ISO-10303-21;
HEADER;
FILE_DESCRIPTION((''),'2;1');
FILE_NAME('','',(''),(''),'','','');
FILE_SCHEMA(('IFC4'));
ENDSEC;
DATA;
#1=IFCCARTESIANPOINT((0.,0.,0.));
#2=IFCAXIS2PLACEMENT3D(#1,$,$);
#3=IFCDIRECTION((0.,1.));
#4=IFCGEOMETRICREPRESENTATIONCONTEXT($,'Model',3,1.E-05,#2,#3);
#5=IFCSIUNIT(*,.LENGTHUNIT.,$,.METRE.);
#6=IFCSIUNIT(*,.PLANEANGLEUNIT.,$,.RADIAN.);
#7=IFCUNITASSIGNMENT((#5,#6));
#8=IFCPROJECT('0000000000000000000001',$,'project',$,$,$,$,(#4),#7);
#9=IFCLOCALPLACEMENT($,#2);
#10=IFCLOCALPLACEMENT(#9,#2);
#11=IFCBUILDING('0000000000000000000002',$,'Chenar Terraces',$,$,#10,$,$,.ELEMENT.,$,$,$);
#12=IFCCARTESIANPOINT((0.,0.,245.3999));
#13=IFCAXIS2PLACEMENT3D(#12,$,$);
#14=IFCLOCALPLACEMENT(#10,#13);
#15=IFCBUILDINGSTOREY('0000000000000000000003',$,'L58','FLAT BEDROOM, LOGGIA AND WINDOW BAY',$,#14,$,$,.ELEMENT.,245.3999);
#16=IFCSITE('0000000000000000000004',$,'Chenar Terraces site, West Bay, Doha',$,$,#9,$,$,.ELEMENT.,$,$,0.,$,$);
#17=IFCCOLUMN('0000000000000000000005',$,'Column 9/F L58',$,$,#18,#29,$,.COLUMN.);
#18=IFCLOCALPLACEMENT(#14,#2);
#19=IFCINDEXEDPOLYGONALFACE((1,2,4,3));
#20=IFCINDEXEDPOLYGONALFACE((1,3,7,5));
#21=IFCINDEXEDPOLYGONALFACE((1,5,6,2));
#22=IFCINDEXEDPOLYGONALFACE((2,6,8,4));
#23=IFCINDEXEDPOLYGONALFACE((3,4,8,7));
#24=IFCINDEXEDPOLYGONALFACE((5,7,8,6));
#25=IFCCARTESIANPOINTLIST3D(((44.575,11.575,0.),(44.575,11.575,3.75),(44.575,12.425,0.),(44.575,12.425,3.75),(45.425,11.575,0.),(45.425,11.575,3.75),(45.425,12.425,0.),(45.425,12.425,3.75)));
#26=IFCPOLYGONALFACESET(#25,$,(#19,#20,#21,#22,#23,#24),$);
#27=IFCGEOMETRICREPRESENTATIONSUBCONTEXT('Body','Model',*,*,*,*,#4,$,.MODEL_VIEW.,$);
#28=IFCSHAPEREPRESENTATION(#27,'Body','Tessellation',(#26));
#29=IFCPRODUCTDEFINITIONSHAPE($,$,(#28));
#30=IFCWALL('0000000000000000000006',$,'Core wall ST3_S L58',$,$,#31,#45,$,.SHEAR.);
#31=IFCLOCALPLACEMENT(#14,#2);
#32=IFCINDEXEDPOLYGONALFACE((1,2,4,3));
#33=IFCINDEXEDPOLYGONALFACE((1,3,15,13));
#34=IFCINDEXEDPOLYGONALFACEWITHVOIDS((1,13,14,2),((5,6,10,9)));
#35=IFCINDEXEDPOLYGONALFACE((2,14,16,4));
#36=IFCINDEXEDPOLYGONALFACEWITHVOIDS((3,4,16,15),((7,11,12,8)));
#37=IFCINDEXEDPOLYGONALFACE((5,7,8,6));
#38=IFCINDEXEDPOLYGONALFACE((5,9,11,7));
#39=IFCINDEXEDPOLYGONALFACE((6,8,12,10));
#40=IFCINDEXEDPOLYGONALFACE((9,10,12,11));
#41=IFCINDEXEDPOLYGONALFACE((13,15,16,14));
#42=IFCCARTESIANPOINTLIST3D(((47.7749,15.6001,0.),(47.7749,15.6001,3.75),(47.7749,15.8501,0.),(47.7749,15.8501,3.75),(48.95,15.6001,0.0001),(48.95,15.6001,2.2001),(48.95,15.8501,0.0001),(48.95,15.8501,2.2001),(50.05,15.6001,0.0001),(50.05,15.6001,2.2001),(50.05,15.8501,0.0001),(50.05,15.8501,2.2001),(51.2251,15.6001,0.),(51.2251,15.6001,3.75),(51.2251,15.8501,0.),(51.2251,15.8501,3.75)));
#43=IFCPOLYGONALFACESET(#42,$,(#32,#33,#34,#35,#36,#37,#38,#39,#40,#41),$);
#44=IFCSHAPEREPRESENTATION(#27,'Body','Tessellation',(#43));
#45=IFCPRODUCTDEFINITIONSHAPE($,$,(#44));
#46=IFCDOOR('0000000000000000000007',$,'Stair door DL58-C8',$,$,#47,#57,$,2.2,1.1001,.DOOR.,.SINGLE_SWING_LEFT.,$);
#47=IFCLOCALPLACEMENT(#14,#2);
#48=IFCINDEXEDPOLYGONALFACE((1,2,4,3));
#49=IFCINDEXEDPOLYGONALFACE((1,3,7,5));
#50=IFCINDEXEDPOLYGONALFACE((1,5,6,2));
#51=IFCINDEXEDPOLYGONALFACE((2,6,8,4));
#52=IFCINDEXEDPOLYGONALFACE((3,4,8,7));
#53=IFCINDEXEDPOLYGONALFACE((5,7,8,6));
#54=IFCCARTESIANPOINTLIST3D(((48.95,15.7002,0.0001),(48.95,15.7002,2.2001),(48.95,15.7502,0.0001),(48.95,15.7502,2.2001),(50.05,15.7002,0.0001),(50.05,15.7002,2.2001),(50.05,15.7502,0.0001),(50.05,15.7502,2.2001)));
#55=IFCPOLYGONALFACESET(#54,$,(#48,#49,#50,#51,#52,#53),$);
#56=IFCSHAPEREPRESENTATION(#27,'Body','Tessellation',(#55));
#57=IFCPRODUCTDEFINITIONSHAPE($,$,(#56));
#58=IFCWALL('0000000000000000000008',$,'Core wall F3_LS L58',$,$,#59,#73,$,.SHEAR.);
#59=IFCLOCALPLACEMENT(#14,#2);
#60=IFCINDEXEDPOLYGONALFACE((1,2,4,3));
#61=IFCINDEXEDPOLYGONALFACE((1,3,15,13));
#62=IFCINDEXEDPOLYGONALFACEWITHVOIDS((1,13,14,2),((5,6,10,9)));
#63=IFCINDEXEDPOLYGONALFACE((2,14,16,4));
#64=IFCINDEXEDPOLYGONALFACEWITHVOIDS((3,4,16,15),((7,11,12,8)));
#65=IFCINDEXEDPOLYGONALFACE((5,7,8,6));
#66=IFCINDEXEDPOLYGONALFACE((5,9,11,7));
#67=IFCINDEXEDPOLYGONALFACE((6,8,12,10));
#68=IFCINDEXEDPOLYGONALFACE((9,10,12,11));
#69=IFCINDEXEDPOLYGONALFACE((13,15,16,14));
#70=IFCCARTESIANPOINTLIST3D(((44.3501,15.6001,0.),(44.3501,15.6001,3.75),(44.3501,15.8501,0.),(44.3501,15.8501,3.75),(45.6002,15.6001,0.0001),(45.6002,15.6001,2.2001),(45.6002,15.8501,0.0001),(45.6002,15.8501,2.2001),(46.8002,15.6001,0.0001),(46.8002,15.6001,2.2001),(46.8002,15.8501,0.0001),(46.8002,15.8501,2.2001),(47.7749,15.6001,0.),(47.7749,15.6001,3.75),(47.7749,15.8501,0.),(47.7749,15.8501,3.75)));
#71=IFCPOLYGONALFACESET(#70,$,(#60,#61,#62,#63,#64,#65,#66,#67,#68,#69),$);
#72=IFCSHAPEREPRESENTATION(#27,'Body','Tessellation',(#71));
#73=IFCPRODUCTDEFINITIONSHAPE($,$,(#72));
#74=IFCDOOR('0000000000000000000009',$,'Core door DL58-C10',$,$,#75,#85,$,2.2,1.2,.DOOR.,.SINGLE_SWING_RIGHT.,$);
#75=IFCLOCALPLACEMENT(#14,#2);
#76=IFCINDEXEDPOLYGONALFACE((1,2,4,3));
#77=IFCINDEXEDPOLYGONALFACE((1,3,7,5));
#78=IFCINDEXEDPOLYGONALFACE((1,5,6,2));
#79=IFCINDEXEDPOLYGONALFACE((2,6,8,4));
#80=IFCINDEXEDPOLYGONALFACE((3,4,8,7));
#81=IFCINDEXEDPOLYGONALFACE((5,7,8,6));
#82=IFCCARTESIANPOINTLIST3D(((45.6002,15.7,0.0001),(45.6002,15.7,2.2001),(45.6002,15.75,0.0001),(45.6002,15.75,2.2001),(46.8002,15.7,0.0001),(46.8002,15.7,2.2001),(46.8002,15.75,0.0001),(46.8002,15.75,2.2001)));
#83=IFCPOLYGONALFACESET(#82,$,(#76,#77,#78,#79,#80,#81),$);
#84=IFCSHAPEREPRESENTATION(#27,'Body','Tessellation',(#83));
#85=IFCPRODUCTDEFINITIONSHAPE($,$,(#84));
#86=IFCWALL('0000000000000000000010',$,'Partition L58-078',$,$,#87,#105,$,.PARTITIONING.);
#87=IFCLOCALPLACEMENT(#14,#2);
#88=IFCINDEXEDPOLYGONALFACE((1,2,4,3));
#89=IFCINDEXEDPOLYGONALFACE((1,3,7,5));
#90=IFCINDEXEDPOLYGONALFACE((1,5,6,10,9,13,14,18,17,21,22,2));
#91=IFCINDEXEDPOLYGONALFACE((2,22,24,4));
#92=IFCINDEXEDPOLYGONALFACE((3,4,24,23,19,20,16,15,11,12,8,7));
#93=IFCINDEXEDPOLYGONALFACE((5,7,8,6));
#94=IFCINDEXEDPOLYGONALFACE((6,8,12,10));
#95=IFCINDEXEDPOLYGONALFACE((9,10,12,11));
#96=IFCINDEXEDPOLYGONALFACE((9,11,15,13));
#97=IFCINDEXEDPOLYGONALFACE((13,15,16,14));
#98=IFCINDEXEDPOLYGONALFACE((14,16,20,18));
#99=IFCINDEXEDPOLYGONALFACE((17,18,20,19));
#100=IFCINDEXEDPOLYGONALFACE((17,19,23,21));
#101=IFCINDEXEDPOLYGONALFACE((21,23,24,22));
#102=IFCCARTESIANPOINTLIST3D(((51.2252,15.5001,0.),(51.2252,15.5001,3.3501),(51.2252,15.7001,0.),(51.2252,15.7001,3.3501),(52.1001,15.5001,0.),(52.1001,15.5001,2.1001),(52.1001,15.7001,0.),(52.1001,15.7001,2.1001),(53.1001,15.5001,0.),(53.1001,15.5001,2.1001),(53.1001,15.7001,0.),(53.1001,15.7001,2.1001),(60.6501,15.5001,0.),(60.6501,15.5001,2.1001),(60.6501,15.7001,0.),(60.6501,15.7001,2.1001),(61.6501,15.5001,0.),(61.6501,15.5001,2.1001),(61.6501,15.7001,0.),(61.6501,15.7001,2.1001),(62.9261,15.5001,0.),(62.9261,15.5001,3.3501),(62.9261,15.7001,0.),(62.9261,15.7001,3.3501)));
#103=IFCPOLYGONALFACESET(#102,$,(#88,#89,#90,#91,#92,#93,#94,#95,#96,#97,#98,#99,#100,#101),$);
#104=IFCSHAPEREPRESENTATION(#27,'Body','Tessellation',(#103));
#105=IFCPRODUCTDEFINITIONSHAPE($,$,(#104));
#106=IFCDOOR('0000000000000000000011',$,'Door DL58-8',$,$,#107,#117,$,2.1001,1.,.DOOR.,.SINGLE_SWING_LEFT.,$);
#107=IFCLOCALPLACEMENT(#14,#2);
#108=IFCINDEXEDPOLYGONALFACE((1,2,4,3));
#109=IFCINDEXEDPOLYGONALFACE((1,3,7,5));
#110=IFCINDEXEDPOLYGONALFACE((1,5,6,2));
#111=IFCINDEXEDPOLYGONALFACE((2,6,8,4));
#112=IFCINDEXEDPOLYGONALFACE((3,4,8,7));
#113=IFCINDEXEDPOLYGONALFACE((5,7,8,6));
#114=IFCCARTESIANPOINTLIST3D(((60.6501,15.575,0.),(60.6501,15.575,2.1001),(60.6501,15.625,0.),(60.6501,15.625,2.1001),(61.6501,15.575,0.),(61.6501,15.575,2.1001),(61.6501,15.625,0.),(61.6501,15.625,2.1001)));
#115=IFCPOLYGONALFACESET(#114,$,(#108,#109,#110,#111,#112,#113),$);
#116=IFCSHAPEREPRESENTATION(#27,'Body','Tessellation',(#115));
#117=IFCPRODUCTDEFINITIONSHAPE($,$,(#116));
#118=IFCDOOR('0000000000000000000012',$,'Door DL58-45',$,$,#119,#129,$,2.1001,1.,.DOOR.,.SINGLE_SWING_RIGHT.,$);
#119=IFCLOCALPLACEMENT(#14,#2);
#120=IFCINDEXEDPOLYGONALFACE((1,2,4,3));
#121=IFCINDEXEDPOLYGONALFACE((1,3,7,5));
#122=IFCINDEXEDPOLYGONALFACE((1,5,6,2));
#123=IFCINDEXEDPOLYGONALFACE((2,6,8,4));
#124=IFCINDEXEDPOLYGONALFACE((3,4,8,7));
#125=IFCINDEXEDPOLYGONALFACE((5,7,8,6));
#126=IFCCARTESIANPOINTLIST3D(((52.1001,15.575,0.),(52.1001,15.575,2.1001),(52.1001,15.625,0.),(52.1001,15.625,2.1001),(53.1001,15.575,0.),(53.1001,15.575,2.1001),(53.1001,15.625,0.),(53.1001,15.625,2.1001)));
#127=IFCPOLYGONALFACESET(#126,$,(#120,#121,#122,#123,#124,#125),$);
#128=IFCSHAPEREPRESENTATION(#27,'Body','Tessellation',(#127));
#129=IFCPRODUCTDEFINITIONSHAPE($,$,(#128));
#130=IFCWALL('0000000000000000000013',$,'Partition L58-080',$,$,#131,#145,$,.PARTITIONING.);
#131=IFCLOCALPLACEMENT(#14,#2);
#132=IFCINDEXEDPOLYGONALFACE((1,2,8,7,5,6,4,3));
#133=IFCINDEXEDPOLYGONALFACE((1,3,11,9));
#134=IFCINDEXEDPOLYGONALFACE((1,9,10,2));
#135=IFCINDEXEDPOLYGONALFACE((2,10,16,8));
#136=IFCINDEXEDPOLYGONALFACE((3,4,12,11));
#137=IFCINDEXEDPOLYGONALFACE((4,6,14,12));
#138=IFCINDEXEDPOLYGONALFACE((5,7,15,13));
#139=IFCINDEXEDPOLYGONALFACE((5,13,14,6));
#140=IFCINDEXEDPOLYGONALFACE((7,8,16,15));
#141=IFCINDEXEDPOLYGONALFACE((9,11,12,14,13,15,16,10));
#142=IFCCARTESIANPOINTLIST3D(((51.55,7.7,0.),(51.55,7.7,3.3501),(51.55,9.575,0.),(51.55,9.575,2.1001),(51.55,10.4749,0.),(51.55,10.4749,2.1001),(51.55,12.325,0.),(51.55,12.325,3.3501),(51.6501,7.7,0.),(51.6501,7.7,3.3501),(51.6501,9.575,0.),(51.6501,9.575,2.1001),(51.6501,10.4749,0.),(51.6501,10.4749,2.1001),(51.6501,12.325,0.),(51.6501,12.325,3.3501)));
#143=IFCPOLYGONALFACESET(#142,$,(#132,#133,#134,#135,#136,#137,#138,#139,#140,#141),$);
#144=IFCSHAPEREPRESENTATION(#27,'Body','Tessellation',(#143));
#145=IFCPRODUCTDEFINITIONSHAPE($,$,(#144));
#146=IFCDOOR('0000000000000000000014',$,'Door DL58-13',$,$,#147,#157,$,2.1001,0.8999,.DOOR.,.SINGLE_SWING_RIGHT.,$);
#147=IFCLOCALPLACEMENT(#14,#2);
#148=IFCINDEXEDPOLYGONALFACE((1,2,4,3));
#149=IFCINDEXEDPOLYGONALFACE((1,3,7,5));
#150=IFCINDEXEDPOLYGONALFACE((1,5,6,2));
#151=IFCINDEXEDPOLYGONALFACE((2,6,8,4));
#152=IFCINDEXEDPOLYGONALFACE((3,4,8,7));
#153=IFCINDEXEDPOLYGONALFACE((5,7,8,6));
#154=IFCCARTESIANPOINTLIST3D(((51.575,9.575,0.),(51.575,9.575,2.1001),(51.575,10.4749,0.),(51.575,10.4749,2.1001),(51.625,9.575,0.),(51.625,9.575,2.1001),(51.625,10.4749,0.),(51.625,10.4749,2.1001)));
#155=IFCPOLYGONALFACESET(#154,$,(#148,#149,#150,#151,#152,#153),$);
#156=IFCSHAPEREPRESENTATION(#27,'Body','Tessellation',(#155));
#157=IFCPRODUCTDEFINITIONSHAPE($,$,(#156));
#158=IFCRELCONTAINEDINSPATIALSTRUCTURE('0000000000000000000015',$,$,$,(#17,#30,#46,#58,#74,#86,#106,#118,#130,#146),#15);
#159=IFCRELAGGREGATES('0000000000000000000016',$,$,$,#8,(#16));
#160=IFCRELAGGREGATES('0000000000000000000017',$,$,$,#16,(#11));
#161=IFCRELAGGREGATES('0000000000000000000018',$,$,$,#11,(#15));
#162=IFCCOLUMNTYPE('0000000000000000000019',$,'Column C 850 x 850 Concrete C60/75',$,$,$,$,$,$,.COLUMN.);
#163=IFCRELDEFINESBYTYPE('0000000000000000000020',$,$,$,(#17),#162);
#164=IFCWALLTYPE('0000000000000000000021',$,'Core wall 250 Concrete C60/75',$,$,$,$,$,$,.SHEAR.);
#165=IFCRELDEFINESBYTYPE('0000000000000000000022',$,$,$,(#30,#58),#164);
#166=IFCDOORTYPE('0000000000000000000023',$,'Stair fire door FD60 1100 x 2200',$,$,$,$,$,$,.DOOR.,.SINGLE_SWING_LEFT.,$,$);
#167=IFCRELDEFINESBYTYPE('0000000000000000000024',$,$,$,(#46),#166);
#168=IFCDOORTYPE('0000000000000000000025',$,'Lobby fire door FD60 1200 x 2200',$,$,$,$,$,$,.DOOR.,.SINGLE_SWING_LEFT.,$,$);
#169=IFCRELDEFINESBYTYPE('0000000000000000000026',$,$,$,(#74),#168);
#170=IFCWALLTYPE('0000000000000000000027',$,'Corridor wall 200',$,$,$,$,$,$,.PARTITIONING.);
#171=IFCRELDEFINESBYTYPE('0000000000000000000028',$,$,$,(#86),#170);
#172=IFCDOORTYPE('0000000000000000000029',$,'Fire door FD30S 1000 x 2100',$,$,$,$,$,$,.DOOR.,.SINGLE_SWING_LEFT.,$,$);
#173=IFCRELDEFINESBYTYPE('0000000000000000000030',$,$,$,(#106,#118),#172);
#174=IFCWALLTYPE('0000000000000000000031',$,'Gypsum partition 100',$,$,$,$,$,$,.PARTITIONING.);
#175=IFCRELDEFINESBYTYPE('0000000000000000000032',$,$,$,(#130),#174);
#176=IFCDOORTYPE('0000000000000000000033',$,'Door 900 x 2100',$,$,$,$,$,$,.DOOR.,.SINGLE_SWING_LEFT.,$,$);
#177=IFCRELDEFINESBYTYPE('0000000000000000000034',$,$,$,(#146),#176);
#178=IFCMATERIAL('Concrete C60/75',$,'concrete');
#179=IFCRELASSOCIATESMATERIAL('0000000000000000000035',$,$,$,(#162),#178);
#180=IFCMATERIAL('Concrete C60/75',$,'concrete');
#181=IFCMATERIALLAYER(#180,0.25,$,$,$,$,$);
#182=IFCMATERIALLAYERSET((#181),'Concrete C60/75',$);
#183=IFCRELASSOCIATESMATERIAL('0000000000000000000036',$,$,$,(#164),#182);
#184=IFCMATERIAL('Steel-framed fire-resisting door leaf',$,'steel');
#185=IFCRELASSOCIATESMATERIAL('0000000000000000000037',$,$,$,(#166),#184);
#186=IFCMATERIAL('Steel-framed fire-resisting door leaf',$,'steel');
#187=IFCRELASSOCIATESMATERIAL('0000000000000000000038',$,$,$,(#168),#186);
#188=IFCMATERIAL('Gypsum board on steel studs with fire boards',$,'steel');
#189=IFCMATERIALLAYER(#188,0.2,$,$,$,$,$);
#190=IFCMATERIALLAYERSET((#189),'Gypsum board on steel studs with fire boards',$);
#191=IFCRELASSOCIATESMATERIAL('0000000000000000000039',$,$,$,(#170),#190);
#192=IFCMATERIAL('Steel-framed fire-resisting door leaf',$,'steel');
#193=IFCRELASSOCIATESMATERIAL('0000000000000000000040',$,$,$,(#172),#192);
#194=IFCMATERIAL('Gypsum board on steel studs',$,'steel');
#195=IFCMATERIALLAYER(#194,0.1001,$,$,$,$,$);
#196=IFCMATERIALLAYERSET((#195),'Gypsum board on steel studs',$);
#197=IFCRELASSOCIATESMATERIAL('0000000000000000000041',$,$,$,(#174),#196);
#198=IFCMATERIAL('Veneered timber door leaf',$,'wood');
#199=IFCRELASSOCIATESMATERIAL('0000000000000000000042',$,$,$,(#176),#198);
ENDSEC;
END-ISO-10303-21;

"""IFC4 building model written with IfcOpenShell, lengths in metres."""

from ifc_helpers import new_model, si_unit, direction, frame, frame_2d, origin, origin_2d, place, context, subcontext, project, spatial, rectangle, extrude, material, layer, layer_set, material_profile, profile_set, type_object, element, fill, save


model = new_model("IFC4")

# Units and contexts
model_context = context("Model", 3, precision=1e-05, world=origin(), true_north=direction((0.0, 1.0)))
body_context = subcontext(model_context, "Body", "Model", "MODEL_VIEW")
ifc_project = project(units=[si_unit("LENGTHUNIT", "METRE"), si_unit("PLANEANGLEUNIT", "RADIAN")], contexts=[model_context])

# Site, building, storey
site_placement = place(None, origin())
site = spatial("IfcSite", under=ifc_project, at=site_placement, Name="Chenar Terraces site, West Bay, Doha", CompositionType="ELEMENT", RefElevation=0.0)
building_placement = place(site_placement, origin())
building = spatial("IfcBuilding", under=site, at=building_placement, Name="Chenar Terraces", CompositionType="ELEMENT")
storey_placement = place(building_placement, frame((0.0, 0.0, 245.3999)))
storey = spatial("IfcBuildingStorey", under=building, at=storey_placement, Name="L58", Description="FLAT BEDROOM, LOGGIA AND WINDOW BAY", CompositionType="ELEMENT", Elevation=245.3999)

# Column
ifc_material_1 = material(Name="Concrete C60/75", Category="concrete")
ifc_material_profile = material_profile(ifc_material_1, rectangle(XDim=0.8501, YDim=0.8501, at=origin_2d()), Name="C 850 x 850")
ifc_profile_set = profile_set([ifc_material_profile], Name="Concrete C60/75")
column_type = type_object("IfcColumnType", Name="Column C 850 x 850 Concrete C60/75", PredefinedType="COLUMN", material=ifc_profile_set)
column_placement = place(storey_placement, frame((45.0, 12.0, 0.0), z_axis=(0.0, 0.0, 1.0), x_axis=(1.0, 0.0, 0.0)))
element("IfcColumn", 1, at=column_placement, inside=storey, type_object=column_type, Name="Column 9/F L58", PredefinedType="COLUMN", context=body_context, shape_type="SweptSolid", body=[
    extrude(rectangle(XDim=0.8501, YDim=0.8501, at=origin_2d()), origin(), (0.0, 0.0, 1.0), 3.75),
])

# Walls, openings, doors
ifc_material_2 = material(Name="Concrete C60/75", Category="concrete")
ifc_layer_1 = layer(ifc_material_2, 0.25)
ifc_layer_set_1 = layer_set([ifc_layer_1], Name="Concrete C60/75")
wall_type_1 = type_object("IfcWallType", Name="Core wall 250 Concrete C60/75", PredefinedType="SHEAR", material=ifc_layer_set_1)
wall_1_placement = place(storey_placement, frame((47.7749, 15.7251, 0.0), z_axis=(0.0, 0.0, 1.0), x_axis=(1.0, 0.0, 0.0)))
wall_1 = element("IfcWall", 2, at=wall_1_placement, inside=storey, type_object=wall_type_1, Name="Core wall ST3_S L58", PredefinedType="SHEAR", context=body_context, shape_type="SweptSolid", body=[
    extrude(rectangle(XDim=3.4502, YDim=0.25, at=frame_2d((1.7251, 0.0))), origin(), (0.0, 0.0, 1.0), 3.75),
])
opening_1_placement = place(wall_1_placement, frame((1.175, 0.0, 0.0)))
opening_1 = element("IfcOpeningElement", 3, at=opening_1_placement, cuts=wall_1, PredefinedType="OPENING", context=body_context, shape_type="SweptSolid", body=[
    extrude(rectangle(XDim=1.1001, YDim=2.2, at=frame_2d((0.55, 1.1001))), frame((0.0, 0.135, 0.0), z_axis=(0.0, -1.0, 0.0), x_axis=(1.0, 0.0, 0.0)), (0.0, 0.0, 1.0), 0.27),
])
ifc_material_3 = material(Name="Steel-framed fire-resisting door leaf", Category="steel")
door_type_1 = type_object("IfcDoorType", Name="Stair fire door FD60 1100 x 2200", OperationType="SINGLE_SWING_LEFT", PredefinedType="DOOR", material=ifc_material_3)
door_1_placement = place(opening_1_placement, frame((1.1001, 0.0, 0.0), z_axis=(0.0, 0.0, 1.0), x_axis=(-1.0, 0.0, 0.0)))
door_1 = element("IfcDoor", 4, at=door_1_placement, inside=storey, type_object=door_type_1, Name="Stair door DL58-C8", OperationType="SINGLE_SWING_LEFT", OverallHeight=2.2, OverallWidth=1.1001, PredefinedType="DOOR", context=body_context, shape_type="SweptSolid", body=[
    extrude(rectangle(XDim=1.1001, YDim=2.2, at=frame_2d((0.55, 1.1001))), frame((0.0, 0.0249, 0.0), z_axis=(0.0, -1.0, 0.0), x_axis=(1.0, 0.0, 0.0)), (0.0, 0.0, 1.0), 0.05),
])
fill(opening_1, door_1)
wall_2_placement = place(storey_placement, frame((44.3501, 15.7251, 0.0), z_axis=(0.0, 0.0, 1.0), x_axis=(1.0, 0.0, 0.0)))
wall_2 = element("IfcWall", 5, at=wall_2_placement, inside=storey, type_object=wall_type_1, Name="Core wall F3_LS L58", PredefinedType="SHEAR", context=body_context, shape_type="SweptSolid", body=[
    extrude(rectangle(XDim=3.4248, YDim=0.25, at=frame_2d((1.7124, 0.0))), origin(), (0.0, 0.0, 1.0), 3.75),
])
opening_2_placement = place(wall_2_placement, frame((1.25, 0.0, 0.0)))
opening_2 = element("IfcOpeningElement", 6, at=opening_2_placement, cuts=wall_2, PredefinedType="OPENING", context=body_context, shape_type="SweptSolid", body=[
    extrude(rectangle(XDim=1.2, YDim=2.2, at=frame_2d((0.6001, 1.1001))), frame((0.0, 0.135, 0.0), z_axis=(0.0, -1.0, 0.0), x_axis=(1.0, 0.0, 0.0)), (0.0, 0.0, 1.0), 0.27),
])
ifc_material_4 = material(Name="Steel-framed fire-resisting door leaf", Category="steel")
door_type_2 = type_object("IfcDoorType", Name="Lobby fire door FD60 1200 x 2200", OperationType="SINGLE_SWING_LEFT", PredefinedType="DOOR", material=ifc_material_4)
door_2_placement = place(opening_2_placement, origin())
door_2 = element("IfcDoor", 7, at=door_2_placement, inside=storey, type_object=door_type_2, Name="Core door DL58-C10", OperationType="SINGLE_SWING_RIGHT", OverallHeight=2.2, OverallWidth=1.2, PredefinedType="DOOR", context=body_context, shape_type="SweptSolid", body=[
    extrude(rectangle(XDim=1.2, YDim=2.2, at=frame_2d((0.6001, 1.1001))), frame((0.0, 0.0249, 0.0), z_axis=(0.0, -1.0, 0.0), x_axis=(1.0, 0.0, 0.0)), (0.0, 0.0, 1.0), 0.05),
])
fill(opening_2, door_2)

# Wall, openings, doors
ifc_material_5 = material(Name="Gypsum board on steel studs with fire boards", Category="steel")
ifc_layer_2 = layer(ifc_material_5, 0.2)
ifc_layer_set_2 = layer_set([ifc_layer_2], Name="Gypsum board on steel studs with fire boards")
wall_type_2 = type_object("IfcWallType", Name="Corridor wall 200", PredefinedType="PARTITIONING", material=ifc_layer_set_2)
wall_3_placement = place(storey_placement, frame((51.2251, 15.6001, 0.0), z_axis=(0.0, 0.0, 1.0), x_axis=(1.0, 0.0, 0.0)))
wall_3 = element("IfcWall", 8, at=wall_3_placement, inside=storey, type_object=wall_type_2, Name="Partition L58-078", PredefinedType="PARTITIONING", context=body_context, shape_type="SweptSolid", body=[
    extrude(rectangle(XDim=11.7009, YDim=0.2, at=frame_2d((5.8506, 0.0))), origin(), (0.0, 0.0, 1.0), 3.3501),
])
opening_3_placement = place(wall_3_placement, frame((9.425, 0.0, 0.0)))
opening_3 = element("IfcOpeningElement", 9, at=opening_3_placement, cuts=wall_3, PredefinedType="OPENING", context=body_context, shape_type="SweptSolid", body=[
    extrude(rectangle(XDim=1.0, YDim=2.1001, at=frame_2d((0.5, 1.05))), frame((0.0, 0.1099, 0.0), z_axis=(0.0, -1.0, 0.0), x_axis=(1.0, 0.0, 0.0)), (0.0, 0.0, 1.0), 0.22),
])
opening_4_placement = place(wall_3_placement, frame((0.875, 0.0, 0.0)))
opening_4 = element("IfcOpeningElement", 10, at=opening_4_placement, cuts=wall_3, PredefinedType="OPENING", context=body_context, shape_type="SweptSolid", body=[
    extrude(rectangle(XDim=1.0, YDim=2.1001, at=frame_2d((0.5, 1.05))), frame((0.0, 0.1099, 0.0), z_axis=(0.0, -1.0, 0.0), x_axis=(1.0, 0.0, 0.0)), (0.0, 0.0, 1.0), 0.22),
])
ifc_material_6 = material(Name="Steel-framed fire-resisting door leaf", Category="steel")
door_type_3 = type_object("IfcDoorType", Name="Fire door FD30S 1000 x 2100", OperationType="SINGLE_SWING_LEFT", PredefinedType="DOOR", material=ifc_material_6)
door_3_placement = place(opening_3_placement, origin())
door_3 = element("IfcDoor", 11, at=door_3_placement, inside=storey, type_object=door_type_3, Name="Door DL58-8", OperationType="SINGLE_SWING_LEFT", OverallHeight=2.1001, OverallWidth=1.0, PredefinedType="DOOR", context=body_context, shape_type="SweptSolid", body=[
    extrude(rectangle(XDim=1.0, YDim=2.1001, at=frame_2d((0.5, 1.05))), frame((0.0, 0.0249, 0.0), z_axis=(0.0, -1.0, 0.0), x_axis=(1.0, 0.0, 0.0)), (0.0, 0.0, 1.0), 0.05),
])
fill(opening_3, door_3)
door_4_placement = place(opening_4_placement, origin())
door_4 = element("IfcDoor", 12, at=door_4_placement, inside=storey, type_object=door_type_3, Name="Door DL58-45", OperationType="SINGLE_SWING_RIGHT", OverallHeight=2.1001, OverallWidth=1.0, PredefinedType="DOOR", context=body_context, shape_type="SweptSolid", body=[
    extrude(rectangle(XDim=1.0, YDim=2.1001, at=frame_2d((0.5, 1.05))), frame((0.0, 0.0249, 0.0), z_axis=(0.0, -1.0, 0.0), x_axis=(1.0, 0.0, 0.0)), (0.0, 0.0, 1.0), 0.05),
])
fill(opening_4, door_4)

# Wall, opening, door
ifc_material_7 = material(Name="Gypsum board on steel studs", Category="steel")
ifc_layer_3 = layer(ifc_material_7, 0.1001)
ifc_layer_set_3 = layer_set([ifc_layer_3], Name="Gypsum board on steel studs")
wall_type_3 = type_object("IfcWallType", Name="Gypsum partition 100", PredefinedType="PARTITIONING", material=ifc_layer_set_3)
wall_4_placement = place(storey_placement, frame((51.6001, 7.7, 0.0), z_axis=(0.0, 0.0, 1.0), x_axis=(0.0, 1.0, 0.0)))
wall_4 = element("IfcWall", 13, at=wall_4_placement, inside=storey, type_object=wall_type_3, Name="Partition L58-080", PredefinedType="PARTITIONING", context=body_context, shape_type="SweptSolid", body=[
    extrude(rectangle(XDim=4.625, YDim=0.1001, at=frame_2d((2.3125, 0.0))), origin(), (0.0, 0.0, 1.0), 3.3501),
])
opening_5_placement = place(wall_4_placement, frame((1.875, 0.0, 0.0)))
opening_5 = element("IfcOpeningElement", 14, at=opening_5_placement, cuts=wall_4, PredefinedType="OPENING", context=body_context, shape_type="SweptSolid", body=[
    extrude(rectangle(XDim=0.8999, YDim=2.1001, at=frame_2d((0.45, 1.05))), frame((0.0, 0.0601, 0.0), z_axis=(0.0, -1.0, 0.0), x_axis=(1.0, 0.0, 0.0)), (0.0, 0.0, 1.0), 0.1201),
])
ifc_material_8 = material(Name="Veneered timber door leaf", Category="wood")
door_type_4 = type_object("IfcDoorType", Name="Door 900 x 2100", OperationType="SINGLE_SWING_LEFT", PredefinedType="DOOR", material=ifc_material_8)
door_5_placement = place(opening_5_placement, frame((0.8999, 0.0, 0.0), z_axis=(0.0, 0.0, 1.0), x_axis=(-1.0, 0.0, 0.0)))
door_5 = element("IfcDoor", 15, at=door_5_placement, inside=storey, type_object=door_type_4, Name="Door DL58-13", OperationType="SINGLE_SWING_RIGHT", OverallHeight=2.1001, OverallWidth=0.8999, PredefinedType="DOOR", context=body_context, shape_type="SweptSolid", body=[
    extrude(rectangle(XDim=0.8999, YDim=2.1001, at=frame_2d((0.45, 1.05))), frame((0.0, 0.0249, 0.0), z_axis=(0.0, -1.0, 0.0), x_axis=(1.0, 0.0, 0.0)), (0.0, 0.0, 1.0), 0.05),
])
fill(opening_5, door_5)

save(model, "model.ifc")
